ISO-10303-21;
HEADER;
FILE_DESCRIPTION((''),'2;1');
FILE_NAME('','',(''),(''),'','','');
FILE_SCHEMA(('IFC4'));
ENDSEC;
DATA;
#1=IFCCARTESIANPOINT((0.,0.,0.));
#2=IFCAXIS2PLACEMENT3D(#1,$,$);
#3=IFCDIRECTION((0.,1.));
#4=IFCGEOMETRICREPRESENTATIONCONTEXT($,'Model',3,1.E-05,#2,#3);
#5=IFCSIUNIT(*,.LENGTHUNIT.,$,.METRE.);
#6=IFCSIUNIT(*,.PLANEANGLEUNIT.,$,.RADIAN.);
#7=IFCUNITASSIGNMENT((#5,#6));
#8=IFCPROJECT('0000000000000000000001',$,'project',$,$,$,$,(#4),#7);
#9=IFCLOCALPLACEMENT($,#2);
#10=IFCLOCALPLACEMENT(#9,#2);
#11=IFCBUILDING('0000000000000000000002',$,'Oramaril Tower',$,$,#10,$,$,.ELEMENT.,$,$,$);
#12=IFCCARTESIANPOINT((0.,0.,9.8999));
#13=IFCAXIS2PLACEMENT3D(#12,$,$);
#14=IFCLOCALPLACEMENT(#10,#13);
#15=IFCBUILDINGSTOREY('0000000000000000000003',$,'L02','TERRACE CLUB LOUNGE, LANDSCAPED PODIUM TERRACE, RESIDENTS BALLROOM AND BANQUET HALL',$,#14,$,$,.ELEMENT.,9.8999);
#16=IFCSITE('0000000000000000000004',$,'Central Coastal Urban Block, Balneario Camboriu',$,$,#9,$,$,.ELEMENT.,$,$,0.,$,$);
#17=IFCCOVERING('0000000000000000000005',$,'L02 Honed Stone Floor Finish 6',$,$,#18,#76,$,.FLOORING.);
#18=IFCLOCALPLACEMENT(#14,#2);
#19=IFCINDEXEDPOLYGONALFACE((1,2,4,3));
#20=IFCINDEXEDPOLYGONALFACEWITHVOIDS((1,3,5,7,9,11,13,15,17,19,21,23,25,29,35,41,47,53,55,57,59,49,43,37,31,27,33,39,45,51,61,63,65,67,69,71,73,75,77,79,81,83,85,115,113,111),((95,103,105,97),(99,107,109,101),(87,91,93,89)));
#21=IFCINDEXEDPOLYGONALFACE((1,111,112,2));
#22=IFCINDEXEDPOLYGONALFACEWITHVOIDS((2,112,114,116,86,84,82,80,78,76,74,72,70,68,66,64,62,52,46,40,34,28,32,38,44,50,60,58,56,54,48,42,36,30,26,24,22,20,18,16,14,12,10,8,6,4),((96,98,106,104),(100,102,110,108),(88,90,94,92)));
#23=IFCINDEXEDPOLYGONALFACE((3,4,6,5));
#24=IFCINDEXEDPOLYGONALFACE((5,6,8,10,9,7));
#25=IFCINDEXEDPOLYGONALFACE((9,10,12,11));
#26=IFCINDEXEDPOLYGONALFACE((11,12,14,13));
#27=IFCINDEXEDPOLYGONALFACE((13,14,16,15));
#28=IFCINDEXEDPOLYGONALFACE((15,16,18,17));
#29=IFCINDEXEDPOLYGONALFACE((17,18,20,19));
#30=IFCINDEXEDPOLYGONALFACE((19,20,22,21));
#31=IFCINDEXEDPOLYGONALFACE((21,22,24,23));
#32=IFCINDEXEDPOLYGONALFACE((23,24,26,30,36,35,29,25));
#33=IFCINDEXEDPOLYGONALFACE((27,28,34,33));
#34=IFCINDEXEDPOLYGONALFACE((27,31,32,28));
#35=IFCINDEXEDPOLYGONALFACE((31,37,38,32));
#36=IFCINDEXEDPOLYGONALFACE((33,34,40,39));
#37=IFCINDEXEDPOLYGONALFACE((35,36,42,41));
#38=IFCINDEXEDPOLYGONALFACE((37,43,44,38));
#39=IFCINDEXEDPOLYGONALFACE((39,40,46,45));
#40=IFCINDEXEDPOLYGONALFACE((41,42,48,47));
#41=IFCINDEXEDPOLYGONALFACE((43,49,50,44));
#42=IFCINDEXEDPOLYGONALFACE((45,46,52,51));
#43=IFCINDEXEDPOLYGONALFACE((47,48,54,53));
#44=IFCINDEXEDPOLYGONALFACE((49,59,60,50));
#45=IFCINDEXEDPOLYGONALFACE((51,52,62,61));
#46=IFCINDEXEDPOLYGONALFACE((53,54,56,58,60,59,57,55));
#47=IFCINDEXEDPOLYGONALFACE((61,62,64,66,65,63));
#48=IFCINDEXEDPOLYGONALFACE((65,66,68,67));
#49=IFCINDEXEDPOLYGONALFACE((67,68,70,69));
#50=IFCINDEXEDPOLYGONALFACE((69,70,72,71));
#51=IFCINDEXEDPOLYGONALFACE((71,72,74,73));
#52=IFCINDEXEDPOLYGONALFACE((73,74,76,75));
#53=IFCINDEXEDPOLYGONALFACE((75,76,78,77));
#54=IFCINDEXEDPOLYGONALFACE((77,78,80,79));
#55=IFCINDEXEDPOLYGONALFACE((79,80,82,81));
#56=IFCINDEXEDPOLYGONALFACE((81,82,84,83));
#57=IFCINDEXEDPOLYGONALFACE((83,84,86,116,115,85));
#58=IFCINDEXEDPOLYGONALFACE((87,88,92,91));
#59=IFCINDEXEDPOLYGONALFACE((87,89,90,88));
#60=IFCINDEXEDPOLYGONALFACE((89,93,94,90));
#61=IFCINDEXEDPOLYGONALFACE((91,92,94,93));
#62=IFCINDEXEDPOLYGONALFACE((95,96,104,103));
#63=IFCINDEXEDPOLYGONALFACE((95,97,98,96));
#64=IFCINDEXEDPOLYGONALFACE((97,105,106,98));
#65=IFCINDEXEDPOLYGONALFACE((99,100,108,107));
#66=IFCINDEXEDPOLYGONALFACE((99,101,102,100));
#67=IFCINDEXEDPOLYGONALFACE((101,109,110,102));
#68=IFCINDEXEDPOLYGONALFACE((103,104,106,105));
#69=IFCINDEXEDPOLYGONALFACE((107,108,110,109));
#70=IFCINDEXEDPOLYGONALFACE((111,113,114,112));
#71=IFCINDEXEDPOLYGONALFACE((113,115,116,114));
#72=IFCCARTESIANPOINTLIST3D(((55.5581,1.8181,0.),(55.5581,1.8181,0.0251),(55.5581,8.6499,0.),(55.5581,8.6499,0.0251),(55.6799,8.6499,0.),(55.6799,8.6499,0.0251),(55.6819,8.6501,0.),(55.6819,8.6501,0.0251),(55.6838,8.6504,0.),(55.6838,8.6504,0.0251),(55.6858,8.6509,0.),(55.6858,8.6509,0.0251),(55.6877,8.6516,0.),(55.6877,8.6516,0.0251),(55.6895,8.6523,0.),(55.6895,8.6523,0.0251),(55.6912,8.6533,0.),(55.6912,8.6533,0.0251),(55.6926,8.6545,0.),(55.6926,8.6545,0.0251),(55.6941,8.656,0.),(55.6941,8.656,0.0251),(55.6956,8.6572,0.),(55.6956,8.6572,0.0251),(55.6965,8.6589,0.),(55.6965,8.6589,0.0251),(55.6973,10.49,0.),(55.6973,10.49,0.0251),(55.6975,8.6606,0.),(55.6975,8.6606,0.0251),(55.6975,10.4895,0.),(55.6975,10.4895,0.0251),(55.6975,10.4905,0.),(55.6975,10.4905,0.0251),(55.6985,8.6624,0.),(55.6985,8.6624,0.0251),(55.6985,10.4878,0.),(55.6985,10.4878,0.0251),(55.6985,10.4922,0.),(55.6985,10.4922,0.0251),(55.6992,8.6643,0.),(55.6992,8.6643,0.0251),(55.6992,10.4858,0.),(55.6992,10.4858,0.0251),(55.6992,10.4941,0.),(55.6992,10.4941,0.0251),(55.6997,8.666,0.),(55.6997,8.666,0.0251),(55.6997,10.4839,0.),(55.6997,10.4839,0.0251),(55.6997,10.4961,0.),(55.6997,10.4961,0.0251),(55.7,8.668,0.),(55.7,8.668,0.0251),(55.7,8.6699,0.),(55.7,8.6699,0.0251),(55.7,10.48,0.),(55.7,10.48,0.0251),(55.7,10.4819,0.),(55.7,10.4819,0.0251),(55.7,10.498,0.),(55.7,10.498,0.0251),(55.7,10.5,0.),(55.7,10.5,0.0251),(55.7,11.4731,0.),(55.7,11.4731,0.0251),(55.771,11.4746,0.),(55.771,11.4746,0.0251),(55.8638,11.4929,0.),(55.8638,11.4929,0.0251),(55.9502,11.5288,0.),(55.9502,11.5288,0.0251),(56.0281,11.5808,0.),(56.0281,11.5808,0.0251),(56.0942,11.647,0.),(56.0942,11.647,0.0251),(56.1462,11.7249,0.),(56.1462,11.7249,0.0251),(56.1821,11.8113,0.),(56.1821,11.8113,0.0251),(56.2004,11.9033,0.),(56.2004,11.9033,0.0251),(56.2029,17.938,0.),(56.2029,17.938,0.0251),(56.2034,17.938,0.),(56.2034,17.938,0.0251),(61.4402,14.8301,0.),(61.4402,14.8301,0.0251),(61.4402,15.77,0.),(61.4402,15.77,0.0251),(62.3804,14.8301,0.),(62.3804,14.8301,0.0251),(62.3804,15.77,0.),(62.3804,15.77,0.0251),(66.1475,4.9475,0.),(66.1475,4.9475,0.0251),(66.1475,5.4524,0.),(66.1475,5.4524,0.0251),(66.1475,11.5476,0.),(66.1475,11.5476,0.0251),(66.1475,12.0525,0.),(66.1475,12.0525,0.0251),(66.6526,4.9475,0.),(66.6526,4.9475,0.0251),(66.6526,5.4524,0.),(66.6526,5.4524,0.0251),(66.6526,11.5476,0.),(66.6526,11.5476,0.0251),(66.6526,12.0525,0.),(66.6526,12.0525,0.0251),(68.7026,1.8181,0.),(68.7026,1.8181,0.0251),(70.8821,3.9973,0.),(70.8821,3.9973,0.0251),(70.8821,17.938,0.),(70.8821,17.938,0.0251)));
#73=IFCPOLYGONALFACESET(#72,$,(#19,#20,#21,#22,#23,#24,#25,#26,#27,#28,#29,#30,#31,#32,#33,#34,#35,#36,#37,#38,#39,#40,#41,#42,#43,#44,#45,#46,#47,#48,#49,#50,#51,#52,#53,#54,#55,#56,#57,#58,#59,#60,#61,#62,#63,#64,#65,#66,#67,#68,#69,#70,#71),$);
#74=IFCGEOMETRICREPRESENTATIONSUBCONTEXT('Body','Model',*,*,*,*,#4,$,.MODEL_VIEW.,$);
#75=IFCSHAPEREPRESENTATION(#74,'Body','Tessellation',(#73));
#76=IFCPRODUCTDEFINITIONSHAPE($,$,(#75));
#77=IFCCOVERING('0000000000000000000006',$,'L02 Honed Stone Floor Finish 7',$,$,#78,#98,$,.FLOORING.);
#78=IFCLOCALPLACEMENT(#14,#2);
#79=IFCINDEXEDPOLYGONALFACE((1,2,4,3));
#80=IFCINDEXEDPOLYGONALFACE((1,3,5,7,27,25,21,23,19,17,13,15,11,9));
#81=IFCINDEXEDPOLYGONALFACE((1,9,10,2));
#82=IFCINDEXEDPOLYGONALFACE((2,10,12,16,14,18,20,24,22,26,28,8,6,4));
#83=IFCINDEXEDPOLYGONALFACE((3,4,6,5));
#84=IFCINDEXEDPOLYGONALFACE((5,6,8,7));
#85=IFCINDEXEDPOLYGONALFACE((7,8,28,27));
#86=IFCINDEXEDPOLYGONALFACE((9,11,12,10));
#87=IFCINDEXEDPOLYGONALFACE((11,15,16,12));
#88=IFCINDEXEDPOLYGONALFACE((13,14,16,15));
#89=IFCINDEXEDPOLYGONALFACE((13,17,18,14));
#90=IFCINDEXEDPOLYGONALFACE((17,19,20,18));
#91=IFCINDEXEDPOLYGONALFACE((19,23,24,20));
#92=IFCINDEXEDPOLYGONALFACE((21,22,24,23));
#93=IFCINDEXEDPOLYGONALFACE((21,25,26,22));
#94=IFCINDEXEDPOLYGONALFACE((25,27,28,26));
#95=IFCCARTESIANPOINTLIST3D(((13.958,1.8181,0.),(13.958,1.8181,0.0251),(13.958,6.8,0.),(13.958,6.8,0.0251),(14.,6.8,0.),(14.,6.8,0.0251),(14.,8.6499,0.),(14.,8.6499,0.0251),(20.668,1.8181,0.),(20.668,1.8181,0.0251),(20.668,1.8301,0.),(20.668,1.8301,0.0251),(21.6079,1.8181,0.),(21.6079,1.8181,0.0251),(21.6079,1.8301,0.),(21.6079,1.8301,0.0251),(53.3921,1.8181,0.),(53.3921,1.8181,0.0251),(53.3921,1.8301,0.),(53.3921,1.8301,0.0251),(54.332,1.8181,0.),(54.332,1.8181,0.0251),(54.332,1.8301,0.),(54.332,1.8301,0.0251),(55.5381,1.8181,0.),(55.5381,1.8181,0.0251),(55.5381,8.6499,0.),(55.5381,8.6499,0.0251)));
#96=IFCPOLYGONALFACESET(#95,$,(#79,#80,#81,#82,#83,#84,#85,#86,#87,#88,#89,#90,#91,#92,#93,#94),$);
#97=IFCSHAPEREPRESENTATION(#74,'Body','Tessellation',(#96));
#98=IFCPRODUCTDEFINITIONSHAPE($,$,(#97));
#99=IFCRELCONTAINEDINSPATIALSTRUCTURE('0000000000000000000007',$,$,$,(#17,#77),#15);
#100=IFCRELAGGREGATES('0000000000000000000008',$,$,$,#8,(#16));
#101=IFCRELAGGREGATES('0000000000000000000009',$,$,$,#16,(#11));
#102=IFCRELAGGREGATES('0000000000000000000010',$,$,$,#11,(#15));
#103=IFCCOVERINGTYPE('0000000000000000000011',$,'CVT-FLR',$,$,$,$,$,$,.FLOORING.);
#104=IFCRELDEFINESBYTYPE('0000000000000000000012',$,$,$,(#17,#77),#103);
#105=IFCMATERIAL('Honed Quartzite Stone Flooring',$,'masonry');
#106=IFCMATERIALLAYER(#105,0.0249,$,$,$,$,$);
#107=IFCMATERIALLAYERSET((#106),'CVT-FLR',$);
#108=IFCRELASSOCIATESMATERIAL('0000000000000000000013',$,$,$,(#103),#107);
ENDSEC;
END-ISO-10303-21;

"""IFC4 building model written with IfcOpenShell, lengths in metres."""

from ifc_helpers import new_model, si_unit, direction, frame, origin, place, context, subcontext, project, spatial, polyline, outline, extrude, material, layer, layer_set, type_object, element, save


model = new_model("IFC4")

# Units and contexts
model_context = context("Model", 3, precision=1e-05, world=origin(), true_north=direction((0.0, 1.0)))
body_context = subcontext(model_context, "Body", "Model", "MODEL_VIEW")
ifc_project = project(units=[si_unit("LENGTHUNIT", "METRE"), si_unit("PLANEANGLEUNIT", "RADIAN")], contexts=[model_context])

# Site, building, storey
site_placement = place(None, origin())
site = spatial("IfcSite", under=ifc_project, at=site_placement, Name="Central Coastal Urban Block, Balneario Camboriu", CompositionType="ELEMENT", RefElevation=0.0)
building_placement = place(site_placement, origin())
building = spatial("IfcBuilding", under=site, at=building_placement, Name="Oramaril Tower", CompositionType="ELEMENT")
storey_placement = place(building_placement, frame((0.0, 0.0, 9.8999)))
storey = spatial("IfcBuildingStorey", under=building, at=storey_placement, Name="L02", Description="TERRACE CLUB LOUNGE, LANDSCAPED PODIUM TERRACE, RESIDENTS BALLROOM AND BANQUET HALL", CompositionType="ELEMENT", Elevation=9.8999)

# Coverings
ifc_material_1 = material(Name="Honed Quartzite Stone Flooring", Category="masonry")
ifc_layer_1 = layer(ifc_material_1, 0.0249)
ifc_layer_set_1 = layer_set([ifc_layer_1], Name="CVT-FLR")
covering_type_1 = type_object("IfcCoveringType", Name="CVT-FLR", PredefinedType="FLOORING", material=ifc_layer_set_1)
covering_1_placement = place(storey_placement, origin())
element("IfcCovering", 1, at=covering_1_placement, inside=storey, type_object=covering_type_1, Name="L02 Honed Stone Floor Finish 6", PredefinedType="FLOORING", context=body_context, shape_type="SweptSolid", body=[
    extrude(outline(polyline([(55.5581, 8.6499), (55.6799, 8.6499), (55.6819, 8.6501), (55.6838, 8.6504), (55.6858, 8.6509), (55.6877, 8.6516), (55.6895, 8.6523), (55.6912, 8.6533), (55.6926, 8.6545), (55.6941, 8.656), (55.6956, 8.6572), (55.6965, 8.6589), (55.6975, 8.6606), (55.6985, 8.6624), (55.6992, 8.6643), (55.6997, 8.666), (55.7, 8.668), (55.7, 8.6699), (55.7, 10.48), (55.7, 10.4819), (55.6997, 10.4839), (55.6992, 10.4858), (55.6985, 10.4878), (55.6975, 10.4895), (55.6973, 10.49), (55.6975, 10.4905), (55.6985, 10.4922), (55.6992, 10.4941), (55.6997, 10.4961), (55.7, 10.498), (55.7, 10.5), (55.7, 11.4731), (55.771, 11.4746), (55.8638, 11.4929), (55.9502, 11.5288), (56.0281, 11.5808), (56.0942, 11.647), (56.1462, 11.7249), (56.1821, 11.8113), (56.2004, 11.9033), (56.2029, 17.938), (56.2034, 17.938), (70.8821, 17.938), (70.8821, 3.9973), (68.7026, 1.8181), (55.5581, 1.8181), (55.5581, 8.6499)]), holes=[polyline([(66.6526, 4.9475), (66.6526, 5.4524), (66.1475, 5.4524), (66.1475, 4.9475), (66.6526, 4.9475)]), polyline([(66.6526, 12.0525), (66.1475, 12.0525), (66.1475, 11.5476), (66.6526, 11.5476), (66.6526, 12.0525)]), polyline([(62.3804, 15.77), (61.4402, 15.77), (61.4402, 14.8301), (62.3804, 14.8301), (62.3804, 15.77)])]), origin(), (0.0, 0.0, 1.0), 0.0251),
])
covering_2_placement = place(storey_placement, origin())
element("IfcCovering", 2, at=covering_2_placement, inside=storey, type_object=covering_type_1, Name="L02 Honed Stone Floor Finish 7", PredefinedType="FLOORING", context=body_context, shape_type="SweptSolid", body=[
    extrude(outline(polyline([(54.332, 1.8181), (54.332, 1.8301), (53.3921, 1.8301), (53.3921, 1.8181), (21.6079, 1.8181), (21.6079, 1.8301), (20.668, 1.8301), (20.668, 1.8181), (13.958, 1.8181), (13.958, 6.8), (14.0, 6.8), (14.0, 8.6499), (55.5381, 8.6499), (55.5381, 1.8181), (54.332, 1.8181)])), origin(), (0.0, 0.0, 1.0), 0.0251),
])

save(model, "model.ifc")
